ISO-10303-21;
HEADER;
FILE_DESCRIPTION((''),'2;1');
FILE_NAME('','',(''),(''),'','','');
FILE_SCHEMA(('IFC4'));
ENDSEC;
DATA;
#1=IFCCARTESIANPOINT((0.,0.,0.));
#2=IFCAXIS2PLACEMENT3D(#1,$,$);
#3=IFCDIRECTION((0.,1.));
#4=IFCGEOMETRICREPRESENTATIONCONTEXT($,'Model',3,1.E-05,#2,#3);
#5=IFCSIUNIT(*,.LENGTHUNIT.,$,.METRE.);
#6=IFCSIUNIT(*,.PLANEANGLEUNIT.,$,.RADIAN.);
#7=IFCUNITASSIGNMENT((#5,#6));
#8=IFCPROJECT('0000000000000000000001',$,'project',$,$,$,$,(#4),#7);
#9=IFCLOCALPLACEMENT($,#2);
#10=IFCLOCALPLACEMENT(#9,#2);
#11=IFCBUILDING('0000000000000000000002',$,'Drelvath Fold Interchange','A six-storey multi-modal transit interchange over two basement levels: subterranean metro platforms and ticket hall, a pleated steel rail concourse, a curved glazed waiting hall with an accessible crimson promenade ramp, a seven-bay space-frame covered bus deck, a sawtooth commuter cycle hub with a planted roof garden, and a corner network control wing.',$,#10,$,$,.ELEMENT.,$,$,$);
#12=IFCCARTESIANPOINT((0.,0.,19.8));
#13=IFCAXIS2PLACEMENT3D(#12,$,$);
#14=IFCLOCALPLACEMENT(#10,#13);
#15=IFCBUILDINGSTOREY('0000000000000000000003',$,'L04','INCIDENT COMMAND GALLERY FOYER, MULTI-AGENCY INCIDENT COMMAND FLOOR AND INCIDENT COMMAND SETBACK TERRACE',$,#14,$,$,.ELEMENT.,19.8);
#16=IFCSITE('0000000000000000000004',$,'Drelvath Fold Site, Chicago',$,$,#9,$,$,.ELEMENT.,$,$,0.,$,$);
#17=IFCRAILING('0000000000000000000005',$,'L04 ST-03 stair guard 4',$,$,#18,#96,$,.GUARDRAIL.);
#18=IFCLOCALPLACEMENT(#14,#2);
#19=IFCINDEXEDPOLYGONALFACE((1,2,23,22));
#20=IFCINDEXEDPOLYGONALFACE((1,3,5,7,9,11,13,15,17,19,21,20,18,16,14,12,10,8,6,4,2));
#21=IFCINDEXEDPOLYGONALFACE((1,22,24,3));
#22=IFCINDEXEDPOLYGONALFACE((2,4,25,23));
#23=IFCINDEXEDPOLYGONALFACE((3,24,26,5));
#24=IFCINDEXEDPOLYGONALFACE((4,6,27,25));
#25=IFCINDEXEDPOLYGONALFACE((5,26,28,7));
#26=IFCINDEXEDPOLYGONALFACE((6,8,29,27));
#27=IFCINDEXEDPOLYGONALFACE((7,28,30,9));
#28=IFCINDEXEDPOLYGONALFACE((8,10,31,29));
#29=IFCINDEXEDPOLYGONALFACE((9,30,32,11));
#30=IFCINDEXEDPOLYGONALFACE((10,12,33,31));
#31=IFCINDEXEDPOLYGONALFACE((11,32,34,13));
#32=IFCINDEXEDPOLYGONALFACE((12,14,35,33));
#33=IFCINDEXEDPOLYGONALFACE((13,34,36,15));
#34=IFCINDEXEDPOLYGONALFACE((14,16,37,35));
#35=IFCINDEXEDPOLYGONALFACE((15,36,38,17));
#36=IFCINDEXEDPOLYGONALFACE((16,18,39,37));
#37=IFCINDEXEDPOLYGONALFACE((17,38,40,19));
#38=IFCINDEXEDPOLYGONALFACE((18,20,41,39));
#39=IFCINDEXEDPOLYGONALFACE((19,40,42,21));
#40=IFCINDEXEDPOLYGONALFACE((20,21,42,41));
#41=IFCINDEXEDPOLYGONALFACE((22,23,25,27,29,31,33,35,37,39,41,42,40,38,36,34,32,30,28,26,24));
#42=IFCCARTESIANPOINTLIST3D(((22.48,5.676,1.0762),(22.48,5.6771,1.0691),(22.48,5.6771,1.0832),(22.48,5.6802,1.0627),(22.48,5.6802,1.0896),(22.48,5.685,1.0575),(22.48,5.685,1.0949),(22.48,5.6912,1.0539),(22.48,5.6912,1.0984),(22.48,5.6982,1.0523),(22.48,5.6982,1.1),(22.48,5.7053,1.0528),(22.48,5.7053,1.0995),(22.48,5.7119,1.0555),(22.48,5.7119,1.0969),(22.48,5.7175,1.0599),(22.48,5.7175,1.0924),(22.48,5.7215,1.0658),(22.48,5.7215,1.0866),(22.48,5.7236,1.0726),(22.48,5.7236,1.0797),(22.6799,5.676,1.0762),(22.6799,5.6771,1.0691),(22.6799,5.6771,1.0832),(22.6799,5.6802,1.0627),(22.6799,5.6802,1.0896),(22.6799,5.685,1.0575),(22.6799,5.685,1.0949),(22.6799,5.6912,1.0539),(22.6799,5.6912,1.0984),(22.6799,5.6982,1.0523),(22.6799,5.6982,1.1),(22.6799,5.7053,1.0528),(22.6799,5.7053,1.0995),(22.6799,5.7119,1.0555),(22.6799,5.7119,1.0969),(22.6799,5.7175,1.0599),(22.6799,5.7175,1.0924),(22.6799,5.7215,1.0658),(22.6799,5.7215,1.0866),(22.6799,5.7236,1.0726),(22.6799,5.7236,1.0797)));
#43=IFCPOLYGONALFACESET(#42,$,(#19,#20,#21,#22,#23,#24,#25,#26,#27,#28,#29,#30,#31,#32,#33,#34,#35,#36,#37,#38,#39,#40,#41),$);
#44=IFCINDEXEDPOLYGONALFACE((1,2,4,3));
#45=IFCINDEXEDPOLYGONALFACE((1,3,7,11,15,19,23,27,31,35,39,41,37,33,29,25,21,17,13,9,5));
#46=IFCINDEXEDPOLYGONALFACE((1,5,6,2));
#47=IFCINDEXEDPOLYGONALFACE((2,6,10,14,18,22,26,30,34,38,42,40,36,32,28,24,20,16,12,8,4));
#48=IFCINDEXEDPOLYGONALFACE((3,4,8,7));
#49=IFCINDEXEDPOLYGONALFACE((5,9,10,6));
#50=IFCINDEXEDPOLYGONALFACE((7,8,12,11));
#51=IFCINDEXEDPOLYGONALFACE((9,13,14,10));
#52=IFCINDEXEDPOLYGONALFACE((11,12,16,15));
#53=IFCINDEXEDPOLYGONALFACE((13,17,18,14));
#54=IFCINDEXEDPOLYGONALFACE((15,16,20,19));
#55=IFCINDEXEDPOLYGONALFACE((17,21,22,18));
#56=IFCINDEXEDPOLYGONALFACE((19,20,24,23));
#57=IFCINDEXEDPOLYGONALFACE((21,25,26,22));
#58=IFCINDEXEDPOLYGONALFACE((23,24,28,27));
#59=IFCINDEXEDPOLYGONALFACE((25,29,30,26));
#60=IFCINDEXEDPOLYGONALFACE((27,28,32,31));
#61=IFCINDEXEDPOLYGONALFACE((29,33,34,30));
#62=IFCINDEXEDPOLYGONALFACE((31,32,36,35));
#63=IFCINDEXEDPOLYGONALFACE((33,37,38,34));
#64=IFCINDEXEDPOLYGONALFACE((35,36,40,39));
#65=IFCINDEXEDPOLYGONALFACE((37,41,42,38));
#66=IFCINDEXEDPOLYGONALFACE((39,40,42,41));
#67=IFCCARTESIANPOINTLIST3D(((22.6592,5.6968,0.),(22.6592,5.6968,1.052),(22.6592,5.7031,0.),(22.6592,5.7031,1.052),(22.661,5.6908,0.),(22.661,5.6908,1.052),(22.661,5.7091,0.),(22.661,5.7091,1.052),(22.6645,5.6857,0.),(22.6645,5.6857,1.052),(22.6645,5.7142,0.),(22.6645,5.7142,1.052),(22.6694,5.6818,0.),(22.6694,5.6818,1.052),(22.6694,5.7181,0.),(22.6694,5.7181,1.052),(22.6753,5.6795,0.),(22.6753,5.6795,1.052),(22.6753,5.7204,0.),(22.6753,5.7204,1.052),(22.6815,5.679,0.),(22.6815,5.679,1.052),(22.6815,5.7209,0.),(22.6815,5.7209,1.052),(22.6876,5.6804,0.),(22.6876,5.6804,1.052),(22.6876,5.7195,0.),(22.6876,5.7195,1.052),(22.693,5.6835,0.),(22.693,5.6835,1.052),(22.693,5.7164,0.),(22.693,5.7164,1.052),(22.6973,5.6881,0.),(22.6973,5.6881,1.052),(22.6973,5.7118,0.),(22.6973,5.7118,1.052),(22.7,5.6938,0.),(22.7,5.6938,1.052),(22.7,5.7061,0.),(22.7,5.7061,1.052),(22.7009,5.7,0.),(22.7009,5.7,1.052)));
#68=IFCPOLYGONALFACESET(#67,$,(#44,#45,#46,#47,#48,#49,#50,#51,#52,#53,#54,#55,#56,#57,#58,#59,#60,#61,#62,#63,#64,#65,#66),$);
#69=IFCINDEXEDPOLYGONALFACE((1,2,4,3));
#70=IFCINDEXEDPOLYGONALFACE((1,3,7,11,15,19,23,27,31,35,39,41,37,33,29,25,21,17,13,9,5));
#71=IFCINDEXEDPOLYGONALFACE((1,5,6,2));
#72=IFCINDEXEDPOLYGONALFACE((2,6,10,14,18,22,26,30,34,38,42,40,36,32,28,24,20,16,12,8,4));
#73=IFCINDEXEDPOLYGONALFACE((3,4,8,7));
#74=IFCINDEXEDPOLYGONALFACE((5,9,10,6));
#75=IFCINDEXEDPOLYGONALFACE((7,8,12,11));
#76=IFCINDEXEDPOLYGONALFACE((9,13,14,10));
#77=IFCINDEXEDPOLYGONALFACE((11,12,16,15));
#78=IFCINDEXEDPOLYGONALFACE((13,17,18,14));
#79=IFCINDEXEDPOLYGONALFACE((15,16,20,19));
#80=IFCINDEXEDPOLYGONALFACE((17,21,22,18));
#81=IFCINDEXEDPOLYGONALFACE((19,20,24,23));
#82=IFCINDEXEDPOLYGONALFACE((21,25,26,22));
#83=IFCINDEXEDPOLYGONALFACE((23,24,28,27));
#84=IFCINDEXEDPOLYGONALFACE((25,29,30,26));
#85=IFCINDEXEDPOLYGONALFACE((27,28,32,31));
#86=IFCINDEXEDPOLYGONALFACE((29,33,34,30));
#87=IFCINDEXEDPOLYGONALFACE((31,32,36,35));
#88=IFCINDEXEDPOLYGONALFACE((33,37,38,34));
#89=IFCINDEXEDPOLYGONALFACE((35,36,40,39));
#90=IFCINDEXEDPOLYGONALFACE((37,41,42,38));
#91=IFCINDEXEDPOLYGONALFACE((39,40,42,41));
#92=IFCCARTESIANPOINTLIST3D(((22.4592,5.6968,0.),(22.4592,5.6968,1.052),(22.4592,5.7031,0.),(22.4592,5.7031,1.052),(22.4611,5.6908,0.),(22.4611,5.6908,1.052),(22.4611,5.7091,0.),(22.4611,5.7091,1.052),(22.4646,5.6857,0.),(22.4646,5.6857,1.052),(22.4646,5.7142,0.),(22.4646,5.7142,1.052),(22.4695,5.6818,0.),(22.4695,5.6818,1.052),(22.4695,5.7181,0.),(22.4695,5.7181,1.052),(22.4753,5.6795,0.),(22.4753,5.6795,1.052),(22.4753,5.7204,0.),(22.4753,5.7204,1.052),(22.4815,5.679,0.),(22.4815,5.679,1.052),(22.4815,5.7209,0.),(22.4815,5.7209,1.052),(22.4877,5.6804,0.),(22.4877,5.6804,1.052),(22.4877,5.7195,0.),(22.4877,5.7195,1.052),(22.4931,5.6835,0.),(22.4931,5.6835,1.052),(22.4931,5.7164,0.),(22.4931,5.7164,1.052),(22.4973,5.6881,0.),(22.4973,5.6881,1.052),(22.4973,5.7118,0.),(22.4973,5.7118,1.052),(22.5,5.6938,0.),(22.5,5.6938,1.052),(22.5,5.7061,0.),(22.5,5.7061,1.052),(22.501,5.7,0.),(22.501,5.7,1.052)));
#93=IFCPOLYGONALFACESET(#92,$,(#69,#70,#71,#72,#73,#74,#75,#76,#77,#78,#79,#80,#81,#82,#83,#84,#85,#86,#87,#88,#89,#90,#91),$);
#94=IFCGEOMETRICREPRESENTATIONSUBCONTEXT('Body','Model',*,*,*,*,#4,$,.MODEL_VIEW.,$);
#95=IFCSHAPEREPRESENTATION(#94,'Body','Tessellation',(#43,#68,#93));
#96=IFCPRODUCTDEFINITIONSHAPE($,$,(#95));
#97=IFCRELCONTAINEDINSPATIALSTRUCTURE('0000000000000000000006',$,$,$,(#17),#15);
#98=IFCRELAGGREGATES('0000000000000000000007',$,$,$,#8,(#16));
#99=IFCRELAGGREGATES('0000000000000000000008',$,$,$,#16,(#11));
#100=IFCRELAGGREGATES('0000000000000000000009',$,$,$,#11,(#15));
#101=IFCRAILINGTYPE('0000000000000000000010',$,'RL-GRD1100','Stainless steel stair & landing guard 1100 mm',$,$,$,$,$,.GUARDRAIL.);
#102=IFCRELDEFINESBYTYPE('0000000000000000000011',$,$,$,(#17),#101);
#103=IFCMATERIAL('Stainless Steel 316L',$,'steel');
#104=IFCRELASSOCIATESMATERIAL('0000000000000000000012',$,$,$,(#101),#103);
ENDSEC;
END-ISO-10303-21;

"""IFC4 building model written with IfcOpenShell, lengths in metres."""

from ifc_helpers import new_model, si_unit, direction, frame, origin, origin_2d, place, context, subcontext, project, spatial, circle, extrude, material, type_object, element, save


model = new_model("IFC4")

# Units and contexts
model_context = context("Model", 3, precision=1e-05, world=origin(), true_north=direction((0.0, 1.0)))
body_context = subcontext(model_context, "Body", "Model", "MODEL_VIEW")
ifc_project = project(units=[si_unit("LENGTHUNIT", "METRE"), si_unit("PLANEANGLEUNIT", "RADIAN")], contexts=[model_context])

# Site, building, storey
site_placement = place(None, origin())
site = spatial("IfcSite", under=ifc_project, at=site_placement, Name="Drelvath Fold Site, Chicago", CompositionType="ELEMENT", RefElevation=0.0)
building_placement = place(site_placement, origin())
building = spatial("IfcBuilding", under=site, at=building_placement, Name="Drelvath Fold Interchange", Description="A six-storey multi-modal transit interchange over two basement levels: subterranean metro platforms and ticket hall, a pleated steel rail concourse, a curved glazed waiting hall with an accessible crimson promenade ramp, a seven-bay space-frame covered bus deck, a sawtooth commuter cycle hub with a planted roof garden, and a corner network control wing.", CompositionType="ELEMENT")
storey_placement = place(building_placement, frame((0.0, 0.0, 19.8)))
storey = spatial("IfcBuildingStorey", under=building, at=storey_placement, Name="L04", Description="INCIDENT COMMAND GALLERY FOYER, MULTI-AGENCY INCIDENT COMMAND FLOOR AND INCIDENT COMMAND SETBACK TERRACE", CompositionType="ELEMENT", Elevation=19.8)

# Railing
ifc_material_1 = material(Name="Stainless Steel 316L", Category="steel")
railing_type_1 = type_object("IfcRailingType", Name="RL-GRD1100", Description="Stainless steel stair & landing guard 1100 mm", PredefinedType="GUARDRAIL", material=ifc_material_1)
railing_1_placement = place(storey_placement, frame((22.6799, 5.7, 0.0)))
element("IfcRailing", 1, at=railing_1_placement, inside=storey, type_object=railing_type_1, Name="L04 ST-03 stair guard 4", PredefinedType="GUARDRAIL", context=body_context, shape_type="SweptSolid", body=[
    extrude(circle(Radius=0.0239, at=origin_2d()), frame((0.0, 0.0, 1.0762), z_axis=(-1.0, 0.0, 0.0), x_axis=(0.0, -1.0, 0.0)), (0.0, 0.0, 1.0), 0.2),
    extrude(circle(Radius=0.021, at=origin_2d()), origin(), (0.0, 0.0, 1.0), 1.052),
    extrude(circle(Radius=0.021, at=origin_2d()), frame((-0.2, 0.0, 0.0)), (0.0, 0.0, 1.0), 1.052),
])

save(model, "model.ifc")
